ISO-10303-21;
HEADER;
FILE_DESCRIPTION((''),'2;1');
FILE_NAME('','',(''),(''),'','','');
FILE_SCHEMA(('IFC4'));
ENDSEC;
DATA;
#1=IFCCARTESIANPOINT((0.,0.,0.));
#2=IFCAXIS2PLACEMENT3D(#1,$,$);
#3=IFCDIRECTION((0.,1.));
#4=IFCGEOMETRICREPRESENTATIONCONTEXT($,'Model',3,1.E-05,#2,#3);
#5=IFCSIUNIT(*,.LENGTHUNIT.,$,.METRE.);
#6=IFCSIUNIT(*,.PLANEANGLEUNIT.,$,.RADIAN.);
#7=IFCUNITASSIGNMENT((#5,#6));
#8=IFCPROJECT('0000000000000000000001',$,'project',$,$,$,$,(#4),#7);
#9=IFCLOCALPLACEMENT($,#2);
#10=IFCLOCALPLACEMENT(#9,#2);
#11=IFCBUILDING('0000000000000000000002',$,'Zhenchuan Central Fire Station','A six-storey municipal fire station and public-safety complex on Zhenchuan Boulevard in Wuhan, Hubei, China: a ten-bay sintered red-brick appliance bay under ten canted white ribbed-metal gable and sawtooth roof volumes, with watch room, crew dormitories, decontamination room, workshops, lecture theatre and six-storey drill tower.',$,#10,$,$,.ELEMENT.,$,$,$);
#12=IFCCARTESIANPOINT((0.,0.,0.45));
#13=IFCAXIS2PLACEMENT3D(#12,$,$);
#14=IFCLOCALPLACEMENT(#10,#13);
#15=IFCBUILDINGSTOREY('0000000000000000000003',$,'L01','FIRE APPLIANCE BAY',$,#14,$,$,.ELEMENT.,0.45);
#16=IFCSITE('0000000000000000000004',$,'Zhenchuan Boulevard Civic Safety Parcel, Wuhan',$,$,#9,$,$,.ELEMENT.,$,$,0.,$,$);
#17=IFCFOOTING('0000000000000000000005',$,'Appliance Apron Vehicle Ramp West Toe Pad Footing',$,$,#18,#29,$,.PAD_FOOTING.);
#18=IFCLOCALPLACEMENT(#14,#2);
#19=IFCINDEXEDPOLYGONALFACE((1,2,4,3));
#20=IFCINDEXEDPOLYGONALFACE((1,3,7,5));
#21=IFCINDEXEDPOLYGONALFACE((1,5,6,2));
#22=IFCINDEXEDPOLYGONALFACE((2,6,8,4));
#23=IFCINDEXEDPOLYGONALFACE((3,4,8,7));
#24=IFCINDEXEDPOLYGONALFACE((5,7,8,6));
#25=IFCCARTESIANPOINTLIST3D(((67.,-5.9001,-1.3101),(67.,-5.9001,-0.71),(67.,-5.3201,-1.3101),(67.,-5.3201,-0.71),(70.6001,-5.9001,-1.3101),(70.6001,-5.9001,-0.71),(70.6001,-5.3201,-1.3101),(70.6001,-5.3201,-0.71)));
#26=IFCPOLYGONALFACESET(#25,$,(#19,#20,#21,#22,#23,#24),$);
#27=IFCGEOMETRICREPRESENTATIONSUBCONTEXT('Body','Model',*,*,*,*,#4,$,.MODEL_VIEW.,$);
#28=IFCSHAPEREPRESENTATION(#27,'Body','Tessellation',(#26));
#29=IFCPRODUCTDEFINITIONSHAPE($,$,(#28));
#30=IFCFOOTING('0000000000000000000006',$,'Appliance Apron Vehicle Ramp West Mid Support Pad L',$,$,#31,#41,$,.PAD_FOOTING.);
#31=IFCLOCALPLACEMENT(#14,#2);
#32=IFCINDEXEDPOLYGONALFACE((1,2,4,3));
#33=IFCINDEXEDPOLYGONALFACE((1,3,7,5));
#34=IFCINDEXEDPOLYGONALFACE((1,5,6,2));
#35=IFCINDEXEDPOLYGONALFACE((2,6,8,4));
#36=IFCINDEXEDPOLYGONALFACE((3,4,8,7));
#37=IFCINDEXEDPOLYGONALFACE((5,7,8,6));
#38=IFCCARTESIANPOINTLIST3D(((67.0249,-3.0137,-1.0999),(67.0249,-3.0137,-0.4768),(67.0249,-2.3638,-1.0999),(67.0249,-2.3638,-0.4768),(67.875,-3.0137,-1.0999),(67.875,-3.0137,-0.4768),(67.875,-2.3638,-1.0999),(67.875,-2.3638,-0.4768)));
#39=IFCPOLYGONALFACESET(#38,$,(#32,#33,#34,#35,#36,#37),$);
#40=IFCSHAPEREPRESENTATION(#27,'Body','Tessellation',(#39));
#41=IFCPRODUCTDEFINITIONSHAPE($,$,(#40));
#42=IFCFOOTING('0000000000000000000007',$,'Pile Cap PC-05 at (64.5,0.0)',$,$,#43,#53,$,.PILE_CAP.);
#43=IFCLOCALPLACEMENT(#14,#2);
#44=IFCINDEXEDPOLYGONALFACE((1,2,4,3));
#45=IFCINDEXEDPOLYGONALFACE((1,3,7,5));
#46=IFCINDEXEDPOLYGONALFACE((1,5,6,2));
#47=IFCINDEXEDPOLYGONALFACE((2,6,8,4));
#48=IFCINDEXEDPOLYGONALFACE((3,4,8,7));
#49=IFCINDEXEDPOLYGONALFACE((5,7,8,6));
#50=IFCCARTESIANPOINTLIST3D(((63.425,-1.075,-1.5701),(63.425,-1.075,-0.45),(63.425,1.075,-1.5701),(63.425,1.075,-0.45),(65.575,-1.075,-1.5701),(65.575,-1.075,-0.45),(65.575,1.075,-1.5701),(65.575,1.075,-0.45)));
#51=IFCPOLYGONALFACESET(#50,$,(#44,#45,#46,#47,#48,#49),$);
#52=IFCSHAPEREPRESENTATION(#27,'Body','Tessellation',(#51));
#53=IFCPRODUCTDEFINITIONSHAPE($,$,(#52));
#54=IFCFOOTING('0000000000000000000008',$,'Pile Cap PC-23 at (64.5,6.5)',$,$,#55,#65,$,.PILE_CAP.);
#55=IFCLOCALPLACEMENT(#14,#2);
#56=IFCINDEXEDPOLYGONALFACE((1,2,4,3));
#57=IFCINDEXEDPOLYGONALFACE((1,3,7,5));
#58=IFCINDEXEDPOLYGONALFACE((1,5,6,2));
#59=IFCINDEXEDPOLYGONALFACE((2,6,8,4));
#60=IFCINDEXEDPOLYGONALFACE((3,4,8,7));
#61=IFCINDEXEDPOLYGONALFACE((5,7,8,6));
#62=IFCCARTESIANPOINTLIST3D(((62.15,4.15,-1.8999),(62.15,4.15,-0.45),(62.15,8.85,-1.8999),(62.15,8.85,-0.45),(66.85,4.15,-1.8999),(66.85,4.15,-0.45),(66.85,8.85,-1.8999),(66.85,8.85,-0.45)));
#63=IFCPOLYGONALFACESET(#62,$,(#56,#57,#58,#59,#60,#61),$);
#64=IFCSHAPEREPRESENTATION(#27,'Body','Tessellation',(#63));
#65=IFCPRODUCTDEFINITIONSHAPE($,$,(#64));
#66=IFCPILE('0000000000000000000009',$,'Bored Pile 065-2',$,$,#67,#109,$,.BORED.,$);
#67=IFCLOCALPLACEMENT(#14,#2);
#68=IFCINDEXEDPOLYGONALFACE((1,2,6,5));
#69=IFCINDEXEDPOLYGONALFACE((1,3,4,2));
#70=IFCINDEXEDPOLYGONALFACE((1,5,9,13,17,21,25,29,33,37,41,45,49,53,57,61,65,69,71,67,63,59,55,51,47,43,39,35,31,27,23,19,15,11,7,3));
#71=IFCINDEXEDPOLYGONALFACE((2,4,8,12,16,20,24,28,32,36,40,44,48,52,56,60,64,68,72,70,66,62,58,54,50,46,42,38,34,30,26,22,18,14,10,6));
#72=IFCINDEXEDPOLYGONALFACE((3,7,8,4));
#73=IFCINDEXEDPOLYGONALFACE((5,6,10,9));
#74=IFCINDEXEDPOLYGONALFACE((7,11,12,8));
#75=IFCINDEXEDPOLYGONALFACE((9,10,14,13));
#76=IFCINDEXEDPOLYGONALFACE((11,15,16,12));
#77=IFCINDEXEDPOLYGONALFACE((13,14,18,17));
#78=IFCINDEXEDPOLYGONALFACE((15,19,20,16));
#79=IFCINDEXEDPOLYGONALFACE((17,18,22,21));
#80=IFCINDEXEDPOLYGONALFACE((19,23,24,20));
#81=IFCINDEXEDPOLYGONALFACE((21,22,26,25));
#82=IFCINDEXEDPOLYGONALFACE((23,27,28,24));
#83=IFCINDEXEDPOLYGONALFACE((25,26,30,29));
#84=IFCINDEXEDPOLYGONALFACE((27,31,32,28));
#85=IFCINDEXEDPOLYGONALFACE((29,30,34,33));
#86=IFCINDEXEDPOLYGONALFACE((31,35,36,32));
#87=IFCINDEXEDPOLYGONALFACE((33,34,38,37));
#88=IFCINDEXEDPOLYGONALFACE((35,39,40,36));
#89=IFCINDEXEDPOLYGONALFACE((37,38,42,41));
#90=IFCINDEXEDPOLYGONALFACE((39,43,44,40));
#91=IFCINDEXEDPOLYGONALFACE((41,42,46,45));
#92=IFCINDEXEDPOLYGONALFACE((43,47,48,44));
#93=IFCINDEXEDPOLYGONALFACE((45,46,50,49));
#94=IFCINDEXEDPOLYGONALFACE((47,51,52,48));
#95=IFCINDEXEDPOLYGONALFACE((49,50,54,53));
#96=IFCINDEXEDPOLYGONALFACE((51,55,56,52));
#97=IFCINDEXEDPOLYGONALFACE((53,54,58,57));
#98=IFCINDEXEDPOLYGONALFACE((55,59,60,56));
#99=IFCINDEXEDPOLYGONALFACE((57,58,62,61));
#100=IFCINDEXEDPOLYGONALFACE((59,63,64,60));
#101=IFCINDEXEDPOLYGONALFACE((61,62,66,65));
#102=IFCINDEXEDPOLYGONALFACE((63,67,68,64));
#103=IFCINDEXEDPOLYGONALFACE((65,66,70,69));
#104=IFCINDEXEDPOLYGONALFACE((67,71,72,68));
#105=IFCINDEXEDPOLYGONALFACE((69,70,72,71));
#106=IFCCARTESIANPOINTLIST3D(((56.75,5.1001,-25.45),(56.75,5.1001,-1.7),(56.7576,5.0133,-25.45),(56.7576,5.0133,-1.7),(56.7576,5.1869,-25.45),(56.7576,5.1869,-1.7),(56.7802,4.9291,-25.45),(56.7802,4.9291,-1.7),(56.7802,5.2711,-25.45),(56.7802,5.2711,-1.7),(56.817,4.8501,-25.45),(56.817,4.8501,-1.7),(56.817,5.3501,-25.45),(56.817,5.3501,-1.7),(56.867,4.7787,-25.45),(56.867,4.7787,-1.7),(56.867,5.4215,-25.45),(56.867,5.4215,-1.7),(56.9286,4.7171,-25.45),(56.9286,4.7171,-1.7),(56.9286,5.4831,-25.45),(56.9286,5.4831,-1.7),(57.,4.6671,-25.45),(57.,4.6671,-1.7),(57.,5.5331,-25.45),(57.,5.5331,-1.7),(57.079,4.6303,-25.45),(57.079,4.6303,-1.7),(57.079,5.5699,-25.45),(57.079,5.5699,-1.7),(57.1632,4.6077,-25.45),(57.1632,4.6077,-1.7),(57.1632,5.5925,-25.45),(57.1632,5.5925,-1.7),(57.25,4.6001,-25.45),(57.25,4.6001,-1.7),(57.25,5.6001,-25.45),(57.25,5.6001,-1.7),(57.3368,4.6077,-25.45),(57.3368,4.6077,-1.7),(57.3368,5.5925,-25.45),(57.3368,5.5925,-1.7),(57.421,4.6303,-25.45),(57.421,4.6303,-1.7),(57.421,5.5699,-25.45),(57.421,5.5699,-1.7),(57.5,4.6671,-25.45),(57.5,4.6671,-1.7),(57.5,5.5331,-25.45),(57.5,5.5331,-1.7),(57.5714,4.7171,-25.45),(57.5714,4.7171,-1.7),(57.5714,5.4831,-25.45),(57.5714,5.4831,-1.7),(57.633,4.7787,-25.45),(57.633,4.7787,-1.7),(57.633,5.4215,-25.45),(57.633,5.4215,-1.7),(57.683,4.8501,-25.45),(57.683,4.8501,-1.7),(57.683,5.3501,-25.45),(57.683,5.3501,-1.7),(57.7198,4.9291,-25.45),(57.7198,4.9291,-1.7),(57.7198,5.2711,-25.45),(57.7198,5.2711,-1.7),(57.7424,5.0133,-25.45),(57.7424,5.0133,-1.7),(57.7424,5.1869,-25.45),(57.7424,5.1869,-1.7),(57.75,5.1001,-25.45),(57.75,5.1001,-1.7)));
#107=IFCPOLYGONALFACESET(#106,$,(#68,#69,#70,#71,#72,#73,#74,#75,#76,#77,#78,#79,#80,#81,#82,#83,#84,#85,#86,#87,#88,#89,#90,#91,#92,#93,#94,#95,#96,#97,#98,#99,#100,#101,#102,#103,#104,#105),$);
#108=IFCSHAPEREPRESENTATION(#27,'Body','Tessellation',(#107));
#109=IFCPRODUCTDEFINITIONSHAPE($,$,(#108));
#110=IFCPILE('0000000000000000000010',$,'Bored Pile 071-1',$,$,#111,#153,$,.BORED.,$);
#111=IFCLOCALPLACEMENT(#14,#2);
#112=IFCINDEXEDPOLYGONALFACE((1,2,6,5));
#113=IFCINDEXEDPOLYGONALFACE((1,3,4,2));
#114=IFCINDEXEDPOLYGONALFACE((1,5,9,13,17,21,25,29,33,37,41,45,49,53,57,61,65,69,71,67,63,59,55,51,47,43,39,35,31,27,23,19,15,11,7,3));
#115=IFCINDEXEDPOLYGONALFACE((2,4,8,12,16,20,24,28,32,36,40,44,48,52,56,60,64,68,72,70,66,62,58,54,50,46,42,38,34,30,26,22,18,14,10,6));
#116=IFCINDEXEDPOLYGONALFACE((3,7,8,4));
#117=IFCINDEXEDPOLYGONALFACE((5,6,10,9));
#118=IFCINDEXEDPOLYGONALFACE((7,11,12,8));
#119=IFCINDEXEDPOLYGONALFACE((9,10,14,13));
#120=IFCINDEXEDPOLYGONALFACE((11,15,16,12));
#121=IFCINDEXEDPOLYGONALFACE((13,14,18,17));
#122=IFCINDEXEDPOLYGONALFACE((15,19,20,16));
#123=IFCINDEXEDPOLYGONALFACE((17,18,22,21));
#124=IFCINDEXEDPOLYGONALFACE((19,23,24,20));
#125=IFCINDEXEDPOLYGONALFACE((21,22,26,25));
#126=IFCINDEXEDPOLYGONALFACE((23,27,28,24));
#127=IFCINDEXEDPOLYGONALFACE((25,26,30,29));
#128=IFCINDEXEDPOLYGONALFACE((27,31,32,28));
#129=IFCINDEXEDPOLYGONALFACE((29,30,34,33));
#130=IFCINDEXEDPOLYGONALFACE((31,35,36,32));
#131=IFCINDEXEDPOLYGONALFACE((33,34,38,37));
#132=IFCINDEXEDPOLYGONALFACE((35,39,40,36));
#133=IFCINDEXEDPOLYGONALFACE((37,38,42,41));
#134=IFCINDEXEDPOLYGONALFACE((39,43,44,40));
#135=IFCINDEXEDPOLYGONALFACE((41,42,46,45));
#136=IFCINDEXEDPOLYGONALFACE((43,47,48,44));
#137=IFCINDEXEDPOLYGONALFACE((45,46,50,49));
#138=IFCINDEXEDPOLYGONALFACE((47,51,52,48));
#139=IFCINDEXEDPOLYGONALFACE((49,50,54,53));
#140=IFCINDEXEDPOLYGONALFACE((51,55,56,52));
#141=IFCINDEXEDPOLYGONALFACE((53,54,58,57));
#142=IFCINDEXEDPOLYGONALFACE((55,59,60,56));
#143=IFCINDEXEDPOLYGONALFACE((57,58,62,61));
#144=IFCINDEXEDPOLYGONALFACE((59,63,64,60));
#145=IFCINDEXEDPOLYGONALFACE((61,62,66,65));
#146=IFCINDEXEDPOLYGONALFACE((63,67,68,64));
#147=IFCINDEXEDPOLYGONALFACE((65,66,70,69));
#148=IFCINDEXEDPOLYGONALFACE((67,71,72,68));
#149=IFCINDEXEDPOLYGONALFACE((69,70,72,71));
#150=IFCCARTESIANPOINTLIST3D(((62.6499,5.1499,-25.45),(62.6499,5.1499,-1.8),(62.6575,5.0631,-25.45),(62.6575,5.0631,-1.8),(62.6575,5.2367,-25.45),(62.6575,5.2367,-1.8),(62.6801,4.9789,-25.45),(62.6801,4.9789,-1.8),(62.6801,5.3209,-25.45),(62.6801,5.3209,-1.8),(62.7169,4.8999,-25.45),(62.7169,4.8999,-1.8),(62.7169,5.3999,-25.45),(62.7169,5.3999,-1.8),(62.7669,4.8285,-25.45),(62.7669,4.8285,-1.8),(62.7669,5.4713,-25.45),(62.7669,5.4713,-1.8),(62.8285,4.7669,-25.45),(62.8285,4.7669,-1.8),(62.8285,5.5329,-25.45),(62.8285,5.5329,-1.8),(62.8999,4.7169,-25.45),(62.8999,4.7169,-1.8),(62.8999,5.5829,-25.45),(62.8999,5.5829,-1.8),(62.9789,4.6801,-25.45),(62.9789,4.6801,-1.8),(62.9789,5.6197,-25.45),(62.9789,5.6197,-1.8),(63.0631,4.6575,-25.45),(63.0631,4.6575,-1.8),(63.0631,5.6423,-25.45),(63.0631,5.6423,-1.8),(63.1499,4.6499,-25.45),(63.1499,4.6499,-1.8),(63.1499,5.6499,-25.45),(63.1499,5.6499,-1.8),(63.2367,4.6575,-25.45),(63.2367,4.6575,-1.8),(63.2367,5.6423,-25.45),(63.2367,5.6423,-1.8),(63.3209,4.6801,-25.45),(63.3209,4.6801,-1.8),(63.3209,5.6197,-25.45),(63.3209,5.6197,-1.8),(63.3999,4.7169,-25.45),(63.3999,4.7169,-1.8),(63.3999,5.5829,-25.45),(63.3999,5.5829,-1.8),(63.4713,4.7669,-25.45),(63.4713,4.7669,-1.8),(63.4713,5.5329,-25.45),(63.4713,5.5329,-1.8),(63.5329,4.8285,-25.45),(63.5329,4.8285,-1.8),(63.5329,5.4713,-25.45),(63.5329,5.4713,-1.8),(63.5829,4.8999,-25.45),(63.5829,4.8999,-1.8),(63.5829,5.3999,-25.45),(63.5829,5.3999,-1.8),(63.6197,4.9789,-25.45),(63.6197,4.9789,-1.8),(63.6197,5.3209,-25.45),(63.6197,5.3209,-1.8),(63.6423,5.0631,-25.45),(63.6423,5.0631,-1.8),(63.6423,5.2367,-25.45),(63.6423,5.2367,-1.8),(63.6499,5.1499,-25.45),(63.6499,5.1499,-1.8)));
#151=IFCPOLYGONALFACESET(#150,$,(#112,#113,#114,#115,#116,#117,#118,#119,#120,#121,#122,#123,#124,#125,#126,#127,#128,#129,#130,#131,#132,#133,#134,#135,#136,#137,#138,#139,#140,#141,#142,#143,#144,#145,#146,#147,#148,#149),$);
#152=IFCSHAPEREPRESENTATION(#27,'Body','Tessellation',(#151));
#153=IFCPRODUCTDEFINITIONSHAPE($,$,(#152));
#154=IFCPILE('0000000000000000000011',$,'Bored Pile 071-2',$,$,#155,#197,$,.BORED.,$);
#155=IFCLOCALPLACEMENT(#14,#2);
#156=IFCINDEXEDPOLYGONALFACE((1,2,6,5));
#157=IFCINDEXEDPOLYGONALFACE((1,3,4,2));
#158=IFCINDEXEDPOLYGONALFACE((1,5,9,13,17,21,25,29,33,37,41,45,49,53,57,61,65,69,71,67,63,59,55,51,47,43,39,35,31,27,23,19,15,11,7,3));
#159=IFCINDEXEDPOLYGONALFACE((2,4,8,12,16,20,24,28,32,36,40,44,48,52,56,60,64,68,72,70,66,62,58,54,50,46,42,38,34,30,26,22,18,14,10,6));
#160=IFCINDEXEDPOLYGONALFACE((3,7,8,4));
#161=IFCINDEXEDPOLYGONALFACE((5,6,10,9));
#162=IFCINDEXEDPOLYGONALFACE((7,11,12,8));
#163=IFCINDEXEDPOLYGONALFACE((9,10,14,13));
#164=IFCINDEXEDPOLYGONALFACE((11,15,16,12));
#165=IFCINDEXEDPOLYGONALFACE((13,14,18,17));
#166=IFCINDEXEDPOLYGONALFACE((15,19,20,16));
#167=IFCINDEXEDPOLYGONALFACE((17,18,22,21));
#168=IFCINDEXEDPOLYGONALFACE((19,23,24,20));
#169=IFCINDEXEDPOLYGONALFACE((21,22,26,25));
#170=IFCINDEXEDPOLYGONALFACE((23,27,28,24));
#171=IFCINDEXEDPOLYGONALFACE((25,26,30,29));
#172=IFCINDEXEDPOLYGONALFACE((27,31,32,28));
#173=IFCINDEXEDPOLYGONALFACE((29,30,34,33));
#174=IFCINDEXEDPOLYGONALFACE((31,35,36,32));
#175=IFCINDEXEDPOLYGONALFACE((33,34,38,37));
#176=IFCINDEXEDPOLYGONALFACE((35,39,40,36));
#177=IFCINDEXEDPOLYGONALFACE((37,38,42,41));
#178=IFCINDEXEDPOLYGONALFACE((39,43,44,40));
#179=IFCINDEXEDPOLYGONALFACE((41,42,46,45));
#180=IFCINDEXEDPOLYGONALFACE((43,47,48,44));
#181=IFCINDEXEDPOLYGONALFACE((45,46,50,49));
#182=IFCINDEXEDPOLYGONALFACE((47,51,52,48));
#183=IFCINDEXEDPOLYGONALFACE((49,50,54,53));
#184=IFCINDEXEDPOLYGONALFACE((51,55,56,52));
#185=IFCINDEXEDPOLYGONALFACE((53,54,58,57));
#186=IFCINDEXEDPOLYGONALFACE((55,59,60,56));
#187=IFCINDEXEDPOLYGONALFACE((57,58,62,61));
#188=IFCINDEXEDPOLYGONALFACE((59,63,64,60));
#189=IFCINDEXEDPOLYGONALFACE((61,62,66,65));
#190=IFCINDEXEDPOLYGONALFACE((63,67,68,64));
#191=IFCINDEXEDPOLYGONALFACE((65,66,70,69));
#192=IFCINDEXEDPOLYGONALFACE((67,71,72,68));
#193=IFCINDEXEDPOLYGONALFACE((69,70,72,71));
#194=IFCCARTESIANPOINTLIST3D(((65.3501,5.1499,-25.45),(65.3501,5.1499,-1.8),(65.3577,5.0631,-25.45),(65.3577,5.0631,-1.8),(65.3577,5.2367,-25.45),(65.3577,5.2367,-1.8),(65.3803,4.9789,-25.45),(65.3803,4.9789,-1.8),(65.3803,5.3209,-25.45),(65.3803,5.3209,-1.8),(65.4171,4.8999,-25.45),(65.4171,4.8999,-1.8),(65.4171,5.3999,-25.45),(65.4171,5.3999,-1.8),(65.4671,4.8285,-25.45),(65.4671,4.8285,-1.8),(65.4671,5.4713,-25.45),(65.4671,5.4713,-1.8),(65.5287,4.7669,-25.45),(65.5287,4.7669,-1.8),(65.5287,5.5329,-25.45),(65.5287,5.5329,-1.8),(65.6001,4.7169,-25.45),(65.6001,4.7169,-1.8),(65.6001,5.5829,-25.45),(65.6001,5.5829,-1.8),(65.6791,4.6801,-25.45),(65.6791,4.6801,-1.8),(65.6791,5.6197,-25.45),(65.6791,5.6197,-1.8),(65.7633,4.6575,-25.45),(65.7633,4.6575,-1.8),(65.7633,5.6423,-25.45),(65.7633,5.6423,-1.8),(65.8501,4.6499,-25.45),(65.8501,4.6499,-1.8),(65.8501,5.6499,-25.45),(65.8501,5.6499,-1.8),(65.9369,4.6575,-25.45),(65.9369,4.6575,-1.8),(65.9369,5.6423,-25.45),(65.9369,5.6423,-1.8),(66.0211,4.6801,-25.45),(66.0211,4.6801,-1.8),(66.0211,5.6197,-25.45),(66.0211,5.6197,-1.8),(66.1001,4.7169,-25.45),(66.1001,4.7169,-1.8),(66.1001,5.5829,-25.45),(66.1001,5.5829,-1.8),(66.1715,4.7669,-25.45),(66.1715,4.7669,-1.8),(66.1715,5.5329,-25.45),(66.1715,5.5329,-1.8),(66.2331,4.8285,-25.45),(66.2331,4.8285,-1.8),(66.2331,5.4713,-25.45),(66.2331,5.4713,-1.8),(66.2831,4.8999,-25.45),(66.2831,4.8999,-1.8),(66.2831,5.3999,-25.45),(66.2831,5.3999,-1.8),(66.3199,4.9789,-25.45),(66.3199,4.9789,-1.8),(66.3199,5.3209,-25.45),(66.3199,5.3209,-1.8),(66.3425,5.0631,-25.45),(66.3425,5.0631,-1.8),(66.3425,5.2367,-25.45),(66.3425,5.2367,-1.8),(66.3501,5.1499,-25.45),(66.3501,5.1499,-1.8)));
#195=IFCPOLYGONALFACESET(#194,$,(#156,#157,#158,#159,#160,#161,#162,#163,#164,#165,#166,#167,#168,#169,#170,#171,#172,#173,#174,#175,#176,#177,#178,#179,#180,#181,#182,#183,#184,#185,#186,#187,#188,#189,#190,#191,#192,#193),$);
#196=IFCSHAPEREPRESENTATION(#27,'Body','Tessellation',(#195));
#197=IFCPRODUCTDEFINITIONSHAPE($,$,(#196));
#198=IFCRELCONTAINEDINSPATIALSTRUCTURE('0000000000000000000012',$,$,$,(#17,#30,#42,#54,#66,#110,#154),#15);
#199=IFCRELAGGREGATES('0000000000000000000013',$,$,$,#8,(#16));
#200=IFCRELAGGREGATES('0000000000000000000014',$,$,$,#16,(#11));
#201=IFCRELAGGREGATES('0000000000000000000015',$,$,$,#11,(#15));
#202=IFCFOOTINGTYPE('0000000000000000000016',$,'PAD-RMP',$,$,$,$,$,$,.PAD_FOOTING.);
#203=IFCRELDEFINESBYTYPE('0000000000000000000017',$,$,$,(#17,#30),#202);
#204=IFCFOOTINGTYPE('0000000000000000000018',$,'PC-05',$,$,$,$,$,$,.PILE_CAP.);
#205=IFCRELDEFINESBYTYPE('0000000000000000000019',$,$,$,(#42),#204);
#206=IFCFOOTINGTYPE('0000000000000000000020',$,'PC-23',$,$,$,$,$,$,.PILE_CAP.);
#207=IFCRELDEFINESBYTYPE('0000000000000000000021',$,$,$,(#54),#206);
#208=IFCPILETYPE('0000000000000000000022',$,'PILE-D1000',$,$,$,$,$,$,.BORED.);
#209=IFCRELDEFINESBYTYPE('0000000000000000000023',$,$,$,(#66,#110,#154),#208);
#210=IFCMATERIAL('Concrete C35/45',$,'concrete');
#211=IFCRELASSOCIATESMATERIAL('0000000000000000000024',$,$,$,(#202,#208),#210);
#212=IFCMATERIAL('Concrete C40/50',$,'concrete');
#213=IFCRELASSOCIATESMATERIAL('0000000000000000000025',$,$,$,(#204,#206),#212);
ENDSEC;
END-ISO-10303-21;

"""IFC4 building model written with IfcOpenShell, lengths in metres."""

from ifc_helpers import new_model, si_unit, direction, frame, origin, origin_2d, place, context, subcontext, project, spatial, rectangle, circle, extrude, material, material_profile, profile_set, type_object, element, save


model = new_model("IFC4")

# Units and contexts
model_context = context("Model", 3, precision=1e-05, world=origin(), true_north=direction((0.0, 1.0)))
body_context = subcontext(model_context, "Body", "Model", "MODEL_VIEW")
ifc_project = project(units=[si_unit("LENGTHUNIT", "METRE"), si_unit("PLANEANGLEUNIT", "RADIAN")], contexts=[model_context])

# Site, building, storey
site_placement = place(None, origin())
site = spatial("IfcSite", under=ifc_project, at=site_placement, Name="Zhenchuan Boulevard Civic Safety Parcel, Wuhan", CompositionType="ELEMENT", RefElevation=0.0)
building_placement = place(site_placement, origin())
building = spatial("IfcBuilding", under=site, at=building_placement, Name="Zhenchuan Central Fire Station", Description="A six-storey municipal fire station and public-safety complex on Zhenchuan Boulevard in Wuhan, Hubei, China: a ten-bay sintered red-brick appliance bay under ten canted white ribbed-metal gable and sawtooth roof volumes, with watch room, crew dormitories, decontamination room, workshops, lecture theatre and six-storey drill tower.", CompositionType="ELEMENT")
storey_placement = place(building_placement, frame((0.0, 0.0, 0.45)))
storey = spatial("IfcBuildingStorey", under=building, at=storey_placement, Name="L01", Description="FIRE APPLIANCE BAY", CompositionType="ELEMENT", Elevation=0.45)

# Footings
ifc_material_1 = material(Name="Concrete C35/45", Category="concrete")
footing_type_1 = type_object("IfcFootingType", Name="PAD-RMP", PredefinedType="PAD_FOOTING", material=ifc_material_1)
footing_1_placement = place(storey_placement, frame((68.8, -5.6101, -1.3101), z_axis=(0.0, 0.0, 1.0), x_axis=(1.0, 0.0, 0.0)))
element("IfcFooting", 1, at=footing_1_placement, inside=storey, type_object=footing_type_1, Name="Appliance Apron Vehicle Ramp West Toe Pad Footing", PredefinedType="PAD_FOOTING", context=body_context, shape_type="SweptSolid", body=[
    extrude(rectangle(XDim=3.6001, YDim=0.5801, at=origin_2d()), origin(), (0.0, 0.0, 1.0), 0.6001),
])
footing_2_placement = place(storey_placement, frame((67.45, -2.6887, -1.0999), z_axis=(0.0, 0.0, 1.0), x_axis=(1.0, 0.0, 0.0)))
element("IfcFooting", 2, at=footing_2_placement, inside=storey, type_object=footing_type_1, Name="Appliance Apron Vehicle Ramp West Mid Support Pad L", PredefinedType="PAD_FOOTING", context=body_context, shape_type="SweptSolid", body=[
    extrude(rectangle(XDim=0.8501, YDim=0.6499, at=origin_2d()), origin(), (0.0, 0.0, 1.0), 0.623),
])
ifc_material_2 = material(Name="Concrete C40/50", Category="concrete")
footing_type_2 = type_object("IfcFootingType", Name="PC-05", PredefinedType="PILE_CAP", material=ifc_material_2)
footing_3_placement = place(storey_placement, frame((64.5, 0.0, -1.5701), z_axis=(0.0, 0.0, 1.0), x_axis=(1.0, 0.0, 0.0)))
element("IfcFooting", 3, at=footing_3_placement, inside=storey, type_object=footing_type_2, Name="Pile Cap PC-05 at (64.5,0.0)", PredefinedType="PILE_CAP", context=body_context, shape_type="SweptSolid", body=[
    extrude(rectangle(XDim=2.1499, YDim=2.1499, at=origin_2d()), origin(), (0.0, 0.0, 1.0), 1.1201),
])
footing_type_3 = type_object("IfcFootingType", Name="PC-23", PredefinedType="PILE_CAP", material=ifc_material_2)
footing_4_placement = place(storey_placement, frame((64.5, 6.5, -1.8999), z_axis=(0.0, 0.0, 1.0), x_axis=(1.0, 0.0, 0.0)))
element("IfcFooting", 4, at=footing_4_placement, inside=storey, type_object=footing_type_3, Name="Pile Cap PC-23 at (64.5,6.5)", PredefinedType="PILE_CAP", context=body_context, shape_type="SweptSolid", body=[
    extrude(rectangle(XDim=4.7, YDim=4.7, at=origin_2d()), origin(), (0.0, 0.0, 1.0), 1.45),
])

# Piles
ifc_material_profile_1 = material_profile(ifc_material_1, circle(Radius=0.5, at=origin_2d()), Name="PILE D1000")
ifc_profile_set_1 = profile_set([ifc_material_profile_1], Name="Concrete C35/45")
pile_type_1 = type_object("IfcPileType", Name="PILE-D1000", PredefinedType="BORED", material=ifc_profile_set_1)
pile_1_placement = place(storey_placement, frame((57.25, 5.1001, -1.7), z_axis=(0.0, 0.0, -1.0), x_axis=(1.0, 0.0, 0.0)))
element("IfcPile", 5, at=pile_1_placement, inside=storey, type_object=pile_type_1, Name="Bored Pile 065-2", PredefinedType="BORED", context=body_context, shape_type="SweptSolid", body=[
    extrude(circle(Radius=0.5, at=origin_2d()), origin(), (0.0, 0.0, 1.0), 23.75),
])
for number, where, z_axis, x_axis, name in (
    (6, (63.1499, 5.1499, -1.8), (0.0, 0.0, -1.0), (1.0, 0.0, 0.0), "Bored Pile 071-1"),
    (7, (65.8501, 5.1499, -1.8), (0.0, 0.0, -1.0), (1.0, 0.0, 0.0), "Bored Pile 071-2"),
):
    element("IfcPile", number, at=place(storey_placement, frame(where, z_axis=z_axis, x_axis=x_axis)), inside=storey, type_object=pile_type_1, Name=name, PredefinedType="BORED", context=body_context, shape_type="SweptSolid", body=[
        extrude(circle(Radius=0.5, at=origin_2d()), origin(), (0.0, 0.0, 1.0), 23.6499),
    ])

save(model, "model.ifc")
